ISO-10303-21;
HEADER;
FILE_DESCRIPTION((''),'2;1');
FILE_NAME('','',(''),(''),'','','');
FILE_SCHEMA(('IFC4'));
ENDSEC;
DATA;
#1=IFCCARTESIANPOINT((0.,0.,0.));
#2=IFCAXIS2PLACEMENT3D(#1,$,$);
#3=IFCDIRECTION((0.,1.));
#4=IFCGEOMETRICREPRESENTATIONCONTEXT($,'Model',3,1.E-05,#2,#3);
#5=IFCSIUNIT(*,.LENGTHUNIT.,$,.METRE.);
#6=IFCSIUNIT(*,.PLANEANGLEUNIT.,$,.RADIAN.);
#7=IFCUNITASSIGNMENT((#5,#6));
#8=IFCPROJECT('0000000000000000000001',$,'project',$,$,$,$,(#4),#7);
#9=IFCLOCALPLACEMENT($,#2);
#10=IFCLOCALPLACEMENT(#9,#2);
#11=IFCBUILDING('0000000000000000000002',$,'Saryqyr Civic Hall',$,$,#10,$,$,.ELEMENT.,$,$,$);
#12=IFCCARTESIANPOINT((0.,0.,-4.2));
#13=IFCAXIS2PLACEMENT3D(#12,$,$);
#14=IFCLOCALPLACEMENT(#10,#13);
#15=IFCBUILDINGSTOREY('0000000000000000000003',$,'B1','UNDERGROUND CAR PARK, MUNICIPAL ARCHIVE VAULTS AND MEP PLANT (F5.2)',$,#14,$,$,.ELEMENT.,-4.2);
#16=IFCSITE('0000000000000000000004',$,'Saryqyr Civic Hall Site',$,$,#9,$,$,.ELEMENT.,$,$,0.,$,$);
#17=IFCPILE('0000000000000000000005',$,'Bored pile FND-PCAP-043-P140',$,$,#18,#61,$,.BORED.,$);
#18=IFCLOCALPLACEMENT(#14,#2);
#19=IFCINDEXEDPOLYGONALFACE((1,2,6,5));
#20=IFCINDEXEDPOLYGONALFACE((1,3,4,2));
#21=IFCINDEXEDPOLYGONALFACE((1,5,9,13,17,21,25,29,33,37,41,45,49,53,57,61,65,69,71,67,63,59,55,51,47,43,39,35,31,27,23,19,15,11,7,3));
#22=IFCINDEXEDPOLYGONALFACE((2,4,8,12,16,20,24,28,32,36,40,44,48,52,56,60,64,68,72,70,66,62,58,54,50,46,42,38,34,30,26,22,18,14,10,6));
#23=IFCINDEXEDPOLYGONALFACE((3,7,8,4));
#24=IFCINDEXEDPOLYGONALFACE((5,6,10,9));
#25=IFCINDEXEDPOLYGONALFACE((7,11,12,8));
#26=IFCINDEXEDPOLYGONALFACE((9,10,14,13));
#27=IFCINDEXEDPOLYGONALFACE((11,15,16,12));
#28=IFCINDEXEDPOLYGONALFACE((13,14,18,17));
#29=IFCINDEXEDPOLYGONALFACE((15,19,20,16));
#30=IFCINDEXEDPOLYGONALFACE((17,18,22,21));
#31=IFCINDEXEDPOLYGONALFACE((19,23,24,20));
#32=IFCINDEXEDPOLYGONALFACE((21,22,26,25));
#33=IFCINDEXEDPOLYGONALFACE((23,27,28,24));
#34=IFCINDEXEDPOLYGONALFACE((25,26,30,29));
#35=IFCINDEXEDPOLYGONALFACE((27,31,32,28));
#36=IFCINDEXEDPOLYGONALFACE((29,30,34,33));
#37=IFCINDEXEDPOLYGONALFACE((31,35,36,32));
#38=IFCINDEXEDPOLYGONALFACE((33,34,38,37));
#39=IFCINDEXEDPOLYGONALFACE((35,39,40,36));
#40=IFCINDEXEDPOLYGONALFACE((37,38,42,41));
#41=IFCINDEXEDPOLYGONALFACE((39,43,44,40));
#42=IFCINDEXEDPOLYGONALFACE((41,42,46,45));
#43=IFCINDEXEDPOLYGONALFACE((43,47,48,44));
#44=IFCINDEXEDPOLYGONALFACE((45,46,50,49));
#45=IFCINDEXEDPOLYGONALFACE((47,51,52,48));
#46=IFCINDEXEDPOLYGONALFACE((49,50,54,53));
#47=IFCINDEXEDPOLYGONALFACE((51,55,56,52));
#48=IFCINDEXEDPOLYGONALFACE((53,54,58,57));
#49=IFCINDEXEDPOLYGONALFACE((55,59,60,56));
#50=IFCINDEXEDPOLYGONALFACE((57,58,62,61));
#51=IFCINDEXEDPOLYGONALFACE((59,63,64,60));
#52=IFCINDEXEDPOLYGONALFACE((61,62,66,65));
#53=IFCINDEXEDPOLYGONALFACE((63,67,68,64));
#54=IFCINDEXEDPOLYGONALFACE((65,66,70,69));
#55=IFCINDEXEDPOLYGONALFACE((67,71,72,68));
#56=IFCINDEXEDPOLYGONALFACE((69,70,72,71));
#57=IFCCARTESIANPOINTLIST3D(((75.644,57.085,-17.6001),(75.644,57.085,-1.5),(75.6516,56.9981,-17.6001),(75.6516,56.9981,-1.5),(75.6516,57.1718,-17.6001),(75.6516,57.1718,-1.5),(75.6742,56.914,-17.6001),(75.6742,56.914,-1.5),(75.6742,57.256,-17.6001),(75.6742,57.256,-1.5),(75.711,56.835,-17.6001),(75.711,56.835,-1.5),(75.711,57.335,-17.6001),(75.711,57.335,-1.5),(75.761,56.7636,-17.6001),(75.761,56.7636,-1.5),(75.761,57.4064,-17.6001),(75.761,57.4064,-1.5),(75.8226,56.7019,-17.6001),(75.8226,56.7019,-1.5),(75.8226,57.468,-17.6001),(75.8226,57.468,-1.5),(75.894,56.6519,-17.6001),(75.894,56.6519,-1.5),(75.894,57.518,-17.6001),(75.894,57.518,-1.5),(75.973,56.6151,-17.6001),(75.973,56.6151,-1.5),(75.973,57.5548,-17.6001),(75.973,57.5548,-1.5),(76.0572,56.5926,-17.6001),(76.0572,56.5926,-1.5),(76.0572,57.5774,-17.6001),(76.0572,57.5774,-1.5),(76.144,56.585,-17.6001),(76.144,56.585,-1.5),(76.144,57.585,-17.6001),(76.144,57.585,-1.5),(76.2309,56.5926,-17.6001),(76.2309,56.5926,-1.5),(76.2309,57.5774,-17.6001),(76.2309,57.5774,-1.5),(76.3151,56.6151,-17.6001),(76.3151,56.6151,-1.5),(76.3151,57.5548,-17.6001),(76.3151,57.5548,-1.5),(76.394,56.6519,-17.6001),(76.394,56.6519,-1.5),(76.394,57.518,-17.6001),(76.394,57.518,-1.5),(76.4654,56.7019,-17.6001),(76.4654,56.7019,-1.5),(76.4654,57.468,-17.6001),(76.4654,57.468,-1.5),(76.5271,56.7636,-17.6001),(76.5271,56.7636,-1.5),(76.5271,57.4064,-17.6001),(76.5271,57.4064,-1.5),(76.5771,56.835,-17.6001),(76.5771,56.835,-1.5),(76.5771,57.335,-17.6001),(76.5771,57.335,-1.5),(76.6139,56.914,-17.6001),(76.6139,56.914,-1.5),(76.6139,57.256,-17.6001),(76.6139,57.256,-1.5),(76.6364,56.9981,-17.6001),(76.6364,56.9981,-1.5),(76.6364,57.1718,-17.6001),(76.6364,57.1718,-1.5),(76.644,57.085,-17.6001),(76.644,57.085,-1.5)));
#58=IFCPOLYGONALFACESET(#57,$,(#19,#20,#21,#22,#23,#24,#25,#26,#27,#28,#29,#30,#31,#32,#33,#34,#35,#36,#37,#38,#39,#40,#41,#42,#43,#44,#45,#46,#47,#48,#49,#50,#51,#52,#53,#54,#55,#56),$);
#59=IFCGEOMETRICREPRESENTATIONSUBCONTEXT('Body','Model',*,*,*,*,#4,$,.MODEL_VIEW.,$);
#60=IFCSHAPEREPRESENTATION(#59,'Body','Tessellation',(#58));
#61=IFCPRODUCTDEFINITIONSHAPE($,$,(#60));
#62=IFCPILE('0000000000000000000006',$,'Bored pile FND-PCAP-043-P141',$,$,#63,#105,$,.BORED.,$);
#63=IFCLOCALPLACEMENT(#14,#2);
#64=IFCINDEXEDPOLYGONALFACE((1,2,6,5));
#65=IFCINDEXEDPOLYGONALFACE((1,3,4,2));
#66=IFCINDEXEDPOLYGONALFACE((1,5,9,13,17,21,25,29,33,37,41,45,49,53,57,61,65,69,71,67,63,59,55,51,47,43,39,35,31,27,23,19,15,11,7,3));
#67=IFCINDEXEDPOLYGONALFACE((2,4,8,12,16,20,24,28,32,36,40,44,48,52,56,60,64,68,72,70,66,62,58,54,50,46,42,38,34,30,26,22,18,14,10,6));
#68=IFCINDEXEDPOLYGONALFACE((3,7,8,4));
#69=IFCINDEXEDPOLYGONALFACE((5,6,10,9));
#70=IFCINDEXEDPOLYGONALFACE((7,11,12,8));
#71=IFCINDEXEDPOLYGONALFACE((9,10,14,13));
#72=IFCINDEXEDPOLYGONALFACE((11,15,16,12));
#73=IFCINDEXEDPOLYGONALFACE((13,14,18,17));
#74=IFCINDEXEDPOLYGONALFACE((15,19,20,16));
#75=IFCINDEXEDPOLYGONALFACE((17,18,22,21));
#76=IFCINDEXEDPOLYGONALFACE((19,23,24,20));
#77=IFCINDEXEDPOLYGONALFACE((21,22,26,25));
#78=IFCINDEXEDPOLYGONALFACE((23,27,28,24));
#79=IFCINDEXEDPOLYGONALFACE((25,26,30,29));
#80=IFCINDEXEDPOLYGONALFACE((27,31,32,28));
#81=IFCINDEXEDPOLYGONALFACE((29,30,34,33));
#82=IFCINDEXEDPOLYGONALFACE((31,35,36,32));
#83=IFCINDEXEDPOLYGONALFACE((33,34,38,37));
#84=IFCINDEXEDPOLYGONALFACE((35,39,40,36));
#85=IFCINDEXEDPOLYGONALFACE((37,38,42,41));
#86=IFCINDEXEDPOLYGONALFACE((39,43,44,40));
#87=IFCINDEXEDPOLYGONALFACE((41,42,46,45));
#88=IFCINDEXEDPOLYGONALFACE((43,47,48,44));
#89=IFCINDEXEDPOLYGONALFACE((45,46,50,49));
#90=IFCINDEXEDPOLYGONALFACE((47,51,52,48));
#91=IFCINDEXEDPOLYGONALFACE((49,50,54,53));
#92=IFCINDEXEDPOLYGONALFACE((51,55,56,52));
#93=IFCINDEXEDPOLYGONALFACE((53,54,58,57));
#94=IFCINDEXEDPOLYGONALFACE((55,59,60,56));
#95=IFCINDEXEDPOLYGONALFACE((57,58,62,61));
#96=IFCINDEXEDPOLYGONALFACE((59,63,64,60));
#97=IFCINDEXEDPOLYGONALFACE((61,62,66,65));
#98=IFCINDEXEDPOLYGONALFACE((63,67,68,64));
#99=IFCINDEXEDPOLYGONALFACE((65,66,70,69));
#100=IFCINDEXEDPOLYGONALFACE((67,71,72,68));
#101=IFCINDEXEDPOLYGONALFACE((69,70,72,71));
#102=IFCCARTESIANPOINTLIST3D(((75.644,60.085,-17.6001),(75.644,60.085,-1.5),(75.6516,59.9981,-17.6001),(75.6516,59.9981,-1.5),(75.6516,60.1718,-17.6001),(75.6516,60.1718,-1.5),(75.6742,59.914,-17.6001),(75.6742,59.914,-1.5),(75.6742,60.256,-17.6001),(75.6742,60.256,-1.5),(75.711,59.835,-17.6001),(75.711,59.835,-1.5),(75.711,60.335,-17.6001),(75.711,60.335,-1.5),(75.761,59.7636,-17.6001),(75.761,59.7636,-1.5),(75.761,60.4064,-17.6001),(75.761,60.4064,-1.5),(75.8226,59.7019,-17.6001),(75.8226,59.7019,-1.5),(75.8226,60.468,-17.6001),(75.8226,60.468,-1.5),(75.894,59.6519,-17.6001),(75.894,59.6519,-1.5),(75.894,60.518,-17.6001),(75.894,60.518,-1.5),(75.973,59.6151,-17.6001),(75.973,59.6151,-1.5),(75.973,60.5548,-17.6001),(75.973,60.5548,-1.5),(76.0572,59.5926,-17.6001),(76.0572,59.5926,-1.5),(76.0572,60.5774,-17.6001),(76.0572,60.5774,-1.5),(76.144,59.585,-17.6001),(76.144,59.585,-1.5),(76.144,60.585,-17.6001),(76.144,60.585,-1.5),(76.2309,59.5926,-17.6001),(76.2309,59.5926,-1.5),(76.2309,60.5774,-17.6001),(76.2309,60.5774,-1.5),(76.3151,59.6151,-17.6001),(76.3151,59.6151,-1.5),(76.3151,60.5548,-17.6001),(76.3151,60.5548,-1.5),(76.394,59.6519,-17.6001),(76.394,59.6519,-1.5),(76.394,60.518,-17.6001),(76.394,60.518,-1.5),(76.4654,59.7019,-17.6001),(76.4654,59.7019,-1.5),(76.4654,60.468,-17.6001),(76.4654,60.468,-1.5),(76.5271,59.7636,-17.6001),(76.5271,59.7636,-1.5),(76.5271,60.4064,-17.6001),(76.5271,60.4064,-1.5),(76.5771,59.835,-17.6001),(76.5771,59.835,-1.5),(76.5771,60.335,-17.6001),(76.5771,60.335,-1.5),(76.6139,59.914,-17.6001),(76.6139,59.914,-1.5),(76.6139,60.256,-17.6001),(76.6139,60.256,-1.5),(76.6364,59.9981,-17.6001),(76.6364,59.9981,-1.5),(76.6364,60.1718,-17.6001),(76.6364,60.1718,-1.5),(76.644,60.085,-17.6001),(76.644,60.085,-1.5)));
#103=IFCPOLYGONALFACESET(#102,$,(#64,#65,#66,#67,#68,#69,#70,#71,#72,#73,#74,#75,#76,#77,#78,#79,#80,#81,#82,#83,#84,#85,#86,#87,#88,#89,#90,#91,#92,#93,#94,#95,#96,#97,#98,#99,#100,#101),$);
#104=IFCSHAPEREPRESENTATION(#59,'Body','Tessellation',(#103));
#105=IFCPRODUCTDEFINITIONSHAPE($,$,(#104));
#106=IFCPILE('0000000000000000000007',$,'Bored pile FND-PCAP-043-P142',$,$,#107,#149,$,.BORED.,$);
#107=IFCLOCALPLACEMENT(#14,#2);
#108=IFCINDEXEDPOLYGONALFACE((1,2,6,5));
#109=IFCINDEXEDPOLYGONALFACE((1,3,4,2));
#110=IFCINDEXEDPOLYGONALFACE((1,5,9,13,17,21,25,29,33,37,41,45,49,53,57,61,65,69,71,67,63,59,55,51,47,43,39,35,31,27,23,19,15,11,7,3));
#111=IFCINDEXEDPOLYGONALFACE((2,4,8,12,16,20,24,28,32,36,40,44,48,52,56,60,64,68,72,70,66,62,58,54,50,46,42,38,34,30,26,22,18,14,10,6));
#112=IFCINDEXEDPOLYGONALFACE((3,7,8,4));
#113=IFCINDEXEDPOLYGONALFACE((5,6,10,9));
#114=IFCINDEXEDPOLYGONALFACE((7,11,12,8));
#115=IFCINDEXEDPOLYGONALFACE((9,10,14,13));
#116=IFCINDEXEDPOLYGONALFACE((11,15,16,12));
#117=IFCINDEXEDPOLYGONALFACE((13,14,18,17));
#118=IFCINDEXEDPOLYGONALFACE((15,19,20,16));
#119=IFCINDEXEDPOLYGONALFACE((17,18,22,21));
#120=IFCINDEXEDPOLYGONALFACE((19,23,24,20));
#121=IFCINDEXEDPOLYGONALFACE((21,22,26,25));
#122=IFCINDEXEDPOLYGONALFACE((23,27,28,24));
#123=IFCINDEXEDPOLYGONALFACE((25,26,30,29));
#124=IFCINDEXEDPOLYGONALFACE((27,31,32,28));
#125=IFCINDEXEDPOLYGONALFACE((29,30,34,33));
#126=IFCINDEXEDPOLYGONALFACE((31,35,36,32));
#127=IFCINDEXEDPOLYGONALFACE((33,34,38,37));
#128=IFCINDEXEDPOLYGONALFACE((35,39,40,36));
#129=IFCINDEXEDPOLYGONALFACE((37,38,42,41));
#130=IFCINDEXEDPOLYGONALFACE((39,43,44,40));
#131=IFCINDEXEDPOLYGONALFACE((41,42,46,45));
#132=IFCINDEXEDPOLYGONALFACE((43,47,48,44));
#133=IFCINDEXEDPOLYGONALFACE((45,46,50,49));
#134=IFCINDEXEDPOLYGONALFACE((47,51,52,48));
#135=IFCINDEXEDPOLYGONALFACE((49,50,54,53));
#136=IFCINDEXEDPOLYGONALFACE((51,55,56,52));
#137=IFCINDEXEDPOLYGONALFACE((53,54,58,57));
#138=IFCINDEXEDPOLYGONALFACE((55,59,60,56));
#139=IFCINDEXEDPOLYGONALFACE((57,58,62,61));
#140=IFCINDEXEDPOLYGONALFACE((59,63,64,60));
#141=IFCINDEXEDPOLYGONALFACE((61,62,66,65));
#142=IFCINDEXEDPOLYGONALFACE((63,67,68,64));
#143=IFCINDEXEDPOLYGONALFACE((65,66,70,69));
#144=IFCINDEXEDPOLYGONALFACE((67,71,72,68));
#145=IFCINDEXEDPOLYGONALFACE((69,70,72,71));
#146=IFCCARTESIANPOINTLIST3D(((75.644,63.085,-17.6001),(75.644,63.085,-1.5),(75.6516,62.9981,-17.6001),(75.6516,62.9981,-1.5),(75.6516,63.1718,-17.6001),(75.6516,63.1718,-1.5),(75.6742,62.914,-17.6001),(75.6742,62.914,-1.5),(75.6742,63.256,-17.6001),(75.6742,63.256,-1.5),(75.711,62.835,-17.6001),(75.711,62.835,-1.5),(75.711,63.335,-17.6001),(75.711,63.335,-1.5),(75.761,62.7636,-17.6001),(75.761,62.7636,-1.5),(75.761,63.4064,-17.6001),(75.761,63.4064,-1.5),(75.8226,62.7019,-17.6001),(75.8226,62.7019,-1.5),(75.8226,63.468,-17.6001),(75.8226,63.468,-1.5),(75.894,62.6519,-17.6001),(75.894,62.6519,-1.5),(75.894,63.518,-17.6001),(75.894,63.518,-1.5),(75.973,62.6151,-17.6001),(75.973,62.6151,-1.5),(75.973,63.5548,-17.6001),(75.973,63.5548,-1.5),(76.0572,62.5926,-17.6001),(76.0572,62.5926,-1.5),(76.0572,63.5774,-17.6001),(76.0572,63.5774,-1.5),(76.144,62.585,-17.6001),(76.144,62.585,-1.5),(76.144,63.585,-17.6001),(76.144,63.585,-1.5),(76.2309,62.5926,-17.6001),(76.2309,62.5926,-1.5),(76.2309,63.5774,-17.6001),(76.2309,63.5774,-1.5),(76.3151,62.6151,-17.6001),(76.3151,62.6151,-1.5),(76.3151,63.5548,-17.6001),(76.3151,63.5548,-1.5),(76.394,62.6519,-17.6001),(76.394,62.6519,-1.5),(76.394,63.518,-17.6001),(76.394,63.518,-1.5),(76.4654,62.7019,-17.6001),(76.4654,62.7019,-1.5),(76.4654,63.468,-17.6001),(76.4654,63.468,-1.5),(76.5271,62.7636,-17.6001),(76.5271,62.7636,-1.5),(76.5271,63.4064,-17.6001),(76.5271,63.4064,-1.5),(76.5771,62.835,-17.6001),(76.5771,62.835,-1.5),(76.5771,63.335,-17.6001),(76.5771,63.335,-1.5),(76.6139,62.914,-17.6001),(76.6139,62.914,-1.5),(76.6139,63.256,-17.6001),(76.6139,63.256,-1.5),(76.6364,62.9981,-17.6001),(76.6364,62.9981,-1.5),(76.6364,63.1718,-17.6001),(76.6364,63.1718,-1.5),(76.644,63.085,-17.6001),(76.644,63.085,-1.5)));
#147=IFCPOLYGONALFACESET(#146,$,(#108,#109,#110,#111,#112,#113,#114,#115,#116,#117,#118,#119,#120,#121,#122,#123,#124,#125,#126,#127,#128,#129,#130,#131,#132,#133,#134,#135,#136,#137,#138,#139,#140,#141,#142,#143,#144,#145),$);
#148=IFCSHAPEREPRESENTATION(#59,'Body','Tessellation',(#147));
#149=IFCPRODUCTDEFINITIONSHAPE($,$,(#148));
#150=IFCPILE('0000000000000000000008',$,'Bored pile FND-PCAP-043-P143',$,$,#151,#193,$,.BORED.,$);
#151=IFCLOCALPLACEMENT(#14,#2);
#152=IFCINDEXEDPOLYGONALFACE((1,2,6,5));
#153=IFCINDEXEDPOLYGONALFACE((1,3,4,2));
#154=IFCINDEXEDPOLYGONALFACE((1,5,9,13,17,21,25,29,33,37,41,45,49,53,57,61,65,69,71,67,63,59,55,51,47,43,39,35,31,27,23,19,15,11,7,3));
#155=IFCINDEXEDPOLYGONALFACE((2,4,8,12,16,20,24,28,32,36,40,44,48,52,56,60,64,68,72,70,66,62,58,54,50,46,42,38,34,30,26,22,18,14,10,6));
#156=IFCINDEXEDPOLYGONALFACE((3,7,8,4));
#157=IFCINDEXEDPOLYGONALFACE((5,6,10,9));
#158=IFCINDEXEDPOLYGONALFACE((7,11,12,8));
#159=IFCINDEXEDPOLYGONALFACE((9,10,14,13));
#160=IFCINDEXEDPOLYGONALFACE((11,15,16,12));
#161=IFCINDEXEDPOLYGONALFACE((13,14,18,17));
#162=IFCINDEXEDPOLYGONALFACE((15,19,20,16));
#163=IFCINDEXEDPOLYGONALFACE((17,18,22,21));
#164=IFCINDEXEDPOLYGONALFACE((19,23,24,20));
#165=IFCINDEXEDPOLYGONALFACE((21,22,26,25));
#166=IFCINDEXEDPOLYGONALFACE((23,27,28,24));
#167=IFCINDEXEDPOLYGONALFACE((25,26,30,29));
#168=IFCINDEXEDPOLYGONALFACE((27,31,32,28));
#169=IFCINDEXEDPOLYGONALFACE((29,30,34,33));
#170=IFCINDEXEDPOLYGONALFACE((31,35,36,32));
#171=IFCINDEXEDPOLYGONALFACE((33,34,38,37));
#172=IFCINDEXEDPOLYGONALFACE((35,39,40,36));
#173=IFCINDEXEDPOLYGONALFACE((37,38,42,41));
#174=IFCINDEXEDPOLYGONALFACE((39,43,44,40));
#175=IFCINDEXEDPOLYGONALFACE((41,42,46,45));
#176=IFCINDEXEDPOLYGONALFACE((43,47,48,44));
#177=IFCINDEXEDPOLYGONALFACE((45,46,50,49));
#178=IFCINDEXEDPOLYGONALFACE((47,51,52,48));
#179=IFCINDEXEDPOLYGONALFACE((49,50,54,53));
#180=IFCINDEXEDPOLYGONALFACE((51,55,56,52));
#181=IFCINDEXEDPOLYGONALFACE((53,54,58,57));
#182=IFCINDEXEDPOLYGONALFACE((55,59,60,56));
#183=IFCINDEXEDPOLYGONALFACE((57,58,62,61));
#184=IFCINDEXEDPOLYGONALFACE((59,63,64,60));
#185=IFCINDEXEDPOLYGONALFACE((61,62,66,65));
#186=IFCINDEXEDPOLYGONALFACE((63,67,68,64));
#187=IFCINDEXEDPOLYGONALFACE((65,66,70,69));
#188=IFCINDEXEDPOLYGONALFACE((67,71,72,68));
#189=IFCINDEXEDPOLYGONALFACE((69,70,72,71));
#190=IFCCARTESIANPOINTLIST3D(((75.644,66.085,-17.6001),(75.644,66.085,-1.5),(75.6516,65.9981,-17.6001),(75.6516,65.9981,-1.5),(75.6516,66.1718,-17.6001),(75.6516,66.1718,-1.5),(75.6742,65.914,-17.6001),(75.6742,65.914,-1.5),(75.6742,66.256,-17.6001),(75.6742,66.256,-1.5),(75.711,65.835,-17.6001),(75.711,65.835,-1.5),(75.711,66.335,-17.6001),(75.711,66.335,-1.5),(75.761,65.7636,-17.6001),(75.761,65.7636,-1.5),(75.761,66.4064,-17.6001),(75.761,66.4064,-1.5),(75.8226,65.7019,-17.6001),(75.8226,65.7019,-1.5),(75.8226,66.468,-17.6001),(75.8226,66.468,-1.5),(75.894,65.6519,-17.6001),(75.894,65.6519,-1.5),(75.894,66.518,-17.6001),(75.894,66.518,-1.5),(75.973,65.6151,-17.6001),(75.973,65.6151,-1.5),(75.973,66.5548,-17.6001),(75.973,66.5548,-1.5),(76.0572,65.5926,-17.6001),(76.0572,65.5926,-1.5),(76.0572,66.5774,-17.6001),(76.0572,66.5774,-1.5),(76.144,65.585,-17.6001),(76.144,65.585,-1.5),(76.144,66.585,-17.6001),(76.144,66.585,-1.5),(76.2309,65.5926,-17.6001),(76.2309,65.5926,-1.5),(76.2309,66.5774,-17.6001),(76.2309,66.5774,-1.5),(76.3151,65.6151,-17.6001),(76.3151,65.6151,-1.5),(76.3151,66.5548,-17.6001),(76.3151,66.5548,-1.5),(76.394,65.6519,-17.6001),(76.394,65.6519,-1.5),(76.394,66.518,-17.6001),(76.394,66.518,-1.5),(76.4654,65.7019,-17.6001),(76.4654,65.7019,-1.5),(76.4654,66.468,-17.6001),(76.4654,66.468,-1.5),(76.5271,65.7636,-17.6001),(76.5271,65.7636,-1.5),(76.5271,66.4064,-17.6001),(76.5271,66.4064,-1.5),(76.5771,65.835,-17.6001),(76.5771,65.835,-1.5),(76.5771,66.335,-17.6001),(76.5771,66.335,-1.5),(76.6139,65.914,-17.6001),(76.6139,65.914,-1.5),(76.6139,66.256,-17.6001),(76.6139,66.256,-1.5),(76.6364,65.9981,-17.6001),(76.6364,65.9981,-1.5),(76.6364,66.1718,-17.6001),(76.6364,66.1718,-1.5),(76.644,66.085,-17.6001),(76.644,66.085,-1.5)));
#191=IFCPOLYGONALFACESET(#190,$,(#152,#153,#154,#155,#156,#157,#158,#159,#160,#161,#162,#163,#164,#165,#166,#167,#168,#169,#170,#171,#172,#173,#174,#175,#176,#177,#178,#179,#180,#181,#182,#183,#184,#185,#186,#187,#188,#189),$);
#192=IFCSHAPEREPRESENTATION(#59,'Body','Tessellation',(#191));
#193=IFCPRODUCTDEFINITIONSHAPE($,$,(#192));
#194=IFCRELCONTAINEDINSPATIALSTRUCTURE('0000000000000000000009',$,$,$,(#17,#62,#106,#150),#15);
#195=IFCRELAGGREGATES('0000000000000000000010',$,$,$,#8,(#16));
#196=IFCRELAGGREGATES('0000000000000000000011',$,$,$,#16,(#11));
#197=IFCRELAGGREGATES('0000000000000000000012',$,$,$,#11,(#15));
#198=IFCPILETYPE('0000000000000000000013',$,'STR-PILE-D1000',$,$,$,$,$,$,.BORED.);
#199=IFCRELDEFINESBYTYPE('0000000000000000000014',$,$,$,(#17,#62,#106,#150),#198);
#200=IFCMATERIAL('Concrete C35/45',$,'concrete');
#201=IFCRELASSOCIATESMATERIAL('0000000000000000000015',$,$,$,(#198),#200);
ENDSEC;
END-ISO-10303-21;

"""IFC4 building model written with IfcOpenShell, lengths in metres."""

from ifc_helpers import new_model, si_unit, direction, frame, origin, origin_2d, place, context, subcontext, project, spatial, circle, extrude, material, material_profile, profile_set, type_object, element, save


model = new_model("IFC4")

# Units and contexts
model_context = context("Model", 3, precision=1e-05, world=origin(), true_north=direction((0.0, 1.0)))
body_context = subcontext(model_context, "Body", "Model", "MODEL_VIEW")
ifc_project = project(units=[si_unit("LENGTHUNIT", "METRE"), si_unit("PLANEANGLEUNIT", "RADIAN")], contexts=[model_context])

# Site, building, storey
site_placement = place(None, origin())
site = spatial("IfcSite", under=ifc_project, at=site_placement, Name="Saryqyr Civic Hall Site", CompositionType="ELEMENT", RefElevation=0.0)
building_placement = place(site_placement, origin())
building = spatial("IfcBuilding", under=site, at=building_placement, Name="Saryqyr Civic Hall", CompositionType="ELEMENT")
storey_placement = place(building_placement, frame((0.0, 0.0, -4.2)))
storey = spatial("IfcBuildingStorey", under=building, at=storey_placement, Name="B1", Description="UNDERGROUND CAR PARK, MUNICIPAL ARCHIVE VAULTS AND MEP PLANT (F5.2)", CompositionType="ELEMENT", Elevation=-4.2)

# Piles
ifc_material_1 = material(Name="Concrete C35/45", Category="concrete")
ifc_material_profile_1 = material_profile(ifc_material_1, circle(Radius=0.5, at=origin_2d()), Name="BORED PILE D1000")
ifc_profile_set_1 = profile_set([ifc_material_profile_1], Name="Concrete C35/45")
pile_type = type_object("IfcPileType", Name="STR-PILE-D1000", PredefinedType="BORED", material=ifc_profile_set_1)
for number, where, z_axis, x_axis, name in (
    (1, (76.144, 57.085, -1.5), (0.0, 0.0, -1.0), (1.0, 0.0, 0.0), "Bored pile FND-PCAP-043-P140"),
    (2, (76.144, 60.085, -1.5), (0.0, 0.0, -1.0), (1.0, 0.0, 0.0), "Bored pile FND-PCAP-043-P141"),
    (3, (76.144, 63.085, -1.5), (0.0, 0.0, -1.0), (1.0, 0.0, 0.0), "Bored pile FND-PCAP-043-P142"),
    (4, (76.144, 66.085, -1.5), (0.0, 0.0, -1.0), (1.0, 0.0, 0.0), "Bored pile FND-PCAP-043-P143"),
):
    element("IfcPile", number, at=place(storey_placement, frame(where, z_axis=z_axis, x_axis=x_axis)), inside=storey, type_object=pile_type, Name=name, PredefinedType="BORED", context=body_context, shape_type="SweptSolid", body=[
        extrude(circle(Radius=0.5, at=origin_2d()), origin(), (0.0, 0.0, 1.0), 16.1001),
    ])

save(model, "model.ifc")
